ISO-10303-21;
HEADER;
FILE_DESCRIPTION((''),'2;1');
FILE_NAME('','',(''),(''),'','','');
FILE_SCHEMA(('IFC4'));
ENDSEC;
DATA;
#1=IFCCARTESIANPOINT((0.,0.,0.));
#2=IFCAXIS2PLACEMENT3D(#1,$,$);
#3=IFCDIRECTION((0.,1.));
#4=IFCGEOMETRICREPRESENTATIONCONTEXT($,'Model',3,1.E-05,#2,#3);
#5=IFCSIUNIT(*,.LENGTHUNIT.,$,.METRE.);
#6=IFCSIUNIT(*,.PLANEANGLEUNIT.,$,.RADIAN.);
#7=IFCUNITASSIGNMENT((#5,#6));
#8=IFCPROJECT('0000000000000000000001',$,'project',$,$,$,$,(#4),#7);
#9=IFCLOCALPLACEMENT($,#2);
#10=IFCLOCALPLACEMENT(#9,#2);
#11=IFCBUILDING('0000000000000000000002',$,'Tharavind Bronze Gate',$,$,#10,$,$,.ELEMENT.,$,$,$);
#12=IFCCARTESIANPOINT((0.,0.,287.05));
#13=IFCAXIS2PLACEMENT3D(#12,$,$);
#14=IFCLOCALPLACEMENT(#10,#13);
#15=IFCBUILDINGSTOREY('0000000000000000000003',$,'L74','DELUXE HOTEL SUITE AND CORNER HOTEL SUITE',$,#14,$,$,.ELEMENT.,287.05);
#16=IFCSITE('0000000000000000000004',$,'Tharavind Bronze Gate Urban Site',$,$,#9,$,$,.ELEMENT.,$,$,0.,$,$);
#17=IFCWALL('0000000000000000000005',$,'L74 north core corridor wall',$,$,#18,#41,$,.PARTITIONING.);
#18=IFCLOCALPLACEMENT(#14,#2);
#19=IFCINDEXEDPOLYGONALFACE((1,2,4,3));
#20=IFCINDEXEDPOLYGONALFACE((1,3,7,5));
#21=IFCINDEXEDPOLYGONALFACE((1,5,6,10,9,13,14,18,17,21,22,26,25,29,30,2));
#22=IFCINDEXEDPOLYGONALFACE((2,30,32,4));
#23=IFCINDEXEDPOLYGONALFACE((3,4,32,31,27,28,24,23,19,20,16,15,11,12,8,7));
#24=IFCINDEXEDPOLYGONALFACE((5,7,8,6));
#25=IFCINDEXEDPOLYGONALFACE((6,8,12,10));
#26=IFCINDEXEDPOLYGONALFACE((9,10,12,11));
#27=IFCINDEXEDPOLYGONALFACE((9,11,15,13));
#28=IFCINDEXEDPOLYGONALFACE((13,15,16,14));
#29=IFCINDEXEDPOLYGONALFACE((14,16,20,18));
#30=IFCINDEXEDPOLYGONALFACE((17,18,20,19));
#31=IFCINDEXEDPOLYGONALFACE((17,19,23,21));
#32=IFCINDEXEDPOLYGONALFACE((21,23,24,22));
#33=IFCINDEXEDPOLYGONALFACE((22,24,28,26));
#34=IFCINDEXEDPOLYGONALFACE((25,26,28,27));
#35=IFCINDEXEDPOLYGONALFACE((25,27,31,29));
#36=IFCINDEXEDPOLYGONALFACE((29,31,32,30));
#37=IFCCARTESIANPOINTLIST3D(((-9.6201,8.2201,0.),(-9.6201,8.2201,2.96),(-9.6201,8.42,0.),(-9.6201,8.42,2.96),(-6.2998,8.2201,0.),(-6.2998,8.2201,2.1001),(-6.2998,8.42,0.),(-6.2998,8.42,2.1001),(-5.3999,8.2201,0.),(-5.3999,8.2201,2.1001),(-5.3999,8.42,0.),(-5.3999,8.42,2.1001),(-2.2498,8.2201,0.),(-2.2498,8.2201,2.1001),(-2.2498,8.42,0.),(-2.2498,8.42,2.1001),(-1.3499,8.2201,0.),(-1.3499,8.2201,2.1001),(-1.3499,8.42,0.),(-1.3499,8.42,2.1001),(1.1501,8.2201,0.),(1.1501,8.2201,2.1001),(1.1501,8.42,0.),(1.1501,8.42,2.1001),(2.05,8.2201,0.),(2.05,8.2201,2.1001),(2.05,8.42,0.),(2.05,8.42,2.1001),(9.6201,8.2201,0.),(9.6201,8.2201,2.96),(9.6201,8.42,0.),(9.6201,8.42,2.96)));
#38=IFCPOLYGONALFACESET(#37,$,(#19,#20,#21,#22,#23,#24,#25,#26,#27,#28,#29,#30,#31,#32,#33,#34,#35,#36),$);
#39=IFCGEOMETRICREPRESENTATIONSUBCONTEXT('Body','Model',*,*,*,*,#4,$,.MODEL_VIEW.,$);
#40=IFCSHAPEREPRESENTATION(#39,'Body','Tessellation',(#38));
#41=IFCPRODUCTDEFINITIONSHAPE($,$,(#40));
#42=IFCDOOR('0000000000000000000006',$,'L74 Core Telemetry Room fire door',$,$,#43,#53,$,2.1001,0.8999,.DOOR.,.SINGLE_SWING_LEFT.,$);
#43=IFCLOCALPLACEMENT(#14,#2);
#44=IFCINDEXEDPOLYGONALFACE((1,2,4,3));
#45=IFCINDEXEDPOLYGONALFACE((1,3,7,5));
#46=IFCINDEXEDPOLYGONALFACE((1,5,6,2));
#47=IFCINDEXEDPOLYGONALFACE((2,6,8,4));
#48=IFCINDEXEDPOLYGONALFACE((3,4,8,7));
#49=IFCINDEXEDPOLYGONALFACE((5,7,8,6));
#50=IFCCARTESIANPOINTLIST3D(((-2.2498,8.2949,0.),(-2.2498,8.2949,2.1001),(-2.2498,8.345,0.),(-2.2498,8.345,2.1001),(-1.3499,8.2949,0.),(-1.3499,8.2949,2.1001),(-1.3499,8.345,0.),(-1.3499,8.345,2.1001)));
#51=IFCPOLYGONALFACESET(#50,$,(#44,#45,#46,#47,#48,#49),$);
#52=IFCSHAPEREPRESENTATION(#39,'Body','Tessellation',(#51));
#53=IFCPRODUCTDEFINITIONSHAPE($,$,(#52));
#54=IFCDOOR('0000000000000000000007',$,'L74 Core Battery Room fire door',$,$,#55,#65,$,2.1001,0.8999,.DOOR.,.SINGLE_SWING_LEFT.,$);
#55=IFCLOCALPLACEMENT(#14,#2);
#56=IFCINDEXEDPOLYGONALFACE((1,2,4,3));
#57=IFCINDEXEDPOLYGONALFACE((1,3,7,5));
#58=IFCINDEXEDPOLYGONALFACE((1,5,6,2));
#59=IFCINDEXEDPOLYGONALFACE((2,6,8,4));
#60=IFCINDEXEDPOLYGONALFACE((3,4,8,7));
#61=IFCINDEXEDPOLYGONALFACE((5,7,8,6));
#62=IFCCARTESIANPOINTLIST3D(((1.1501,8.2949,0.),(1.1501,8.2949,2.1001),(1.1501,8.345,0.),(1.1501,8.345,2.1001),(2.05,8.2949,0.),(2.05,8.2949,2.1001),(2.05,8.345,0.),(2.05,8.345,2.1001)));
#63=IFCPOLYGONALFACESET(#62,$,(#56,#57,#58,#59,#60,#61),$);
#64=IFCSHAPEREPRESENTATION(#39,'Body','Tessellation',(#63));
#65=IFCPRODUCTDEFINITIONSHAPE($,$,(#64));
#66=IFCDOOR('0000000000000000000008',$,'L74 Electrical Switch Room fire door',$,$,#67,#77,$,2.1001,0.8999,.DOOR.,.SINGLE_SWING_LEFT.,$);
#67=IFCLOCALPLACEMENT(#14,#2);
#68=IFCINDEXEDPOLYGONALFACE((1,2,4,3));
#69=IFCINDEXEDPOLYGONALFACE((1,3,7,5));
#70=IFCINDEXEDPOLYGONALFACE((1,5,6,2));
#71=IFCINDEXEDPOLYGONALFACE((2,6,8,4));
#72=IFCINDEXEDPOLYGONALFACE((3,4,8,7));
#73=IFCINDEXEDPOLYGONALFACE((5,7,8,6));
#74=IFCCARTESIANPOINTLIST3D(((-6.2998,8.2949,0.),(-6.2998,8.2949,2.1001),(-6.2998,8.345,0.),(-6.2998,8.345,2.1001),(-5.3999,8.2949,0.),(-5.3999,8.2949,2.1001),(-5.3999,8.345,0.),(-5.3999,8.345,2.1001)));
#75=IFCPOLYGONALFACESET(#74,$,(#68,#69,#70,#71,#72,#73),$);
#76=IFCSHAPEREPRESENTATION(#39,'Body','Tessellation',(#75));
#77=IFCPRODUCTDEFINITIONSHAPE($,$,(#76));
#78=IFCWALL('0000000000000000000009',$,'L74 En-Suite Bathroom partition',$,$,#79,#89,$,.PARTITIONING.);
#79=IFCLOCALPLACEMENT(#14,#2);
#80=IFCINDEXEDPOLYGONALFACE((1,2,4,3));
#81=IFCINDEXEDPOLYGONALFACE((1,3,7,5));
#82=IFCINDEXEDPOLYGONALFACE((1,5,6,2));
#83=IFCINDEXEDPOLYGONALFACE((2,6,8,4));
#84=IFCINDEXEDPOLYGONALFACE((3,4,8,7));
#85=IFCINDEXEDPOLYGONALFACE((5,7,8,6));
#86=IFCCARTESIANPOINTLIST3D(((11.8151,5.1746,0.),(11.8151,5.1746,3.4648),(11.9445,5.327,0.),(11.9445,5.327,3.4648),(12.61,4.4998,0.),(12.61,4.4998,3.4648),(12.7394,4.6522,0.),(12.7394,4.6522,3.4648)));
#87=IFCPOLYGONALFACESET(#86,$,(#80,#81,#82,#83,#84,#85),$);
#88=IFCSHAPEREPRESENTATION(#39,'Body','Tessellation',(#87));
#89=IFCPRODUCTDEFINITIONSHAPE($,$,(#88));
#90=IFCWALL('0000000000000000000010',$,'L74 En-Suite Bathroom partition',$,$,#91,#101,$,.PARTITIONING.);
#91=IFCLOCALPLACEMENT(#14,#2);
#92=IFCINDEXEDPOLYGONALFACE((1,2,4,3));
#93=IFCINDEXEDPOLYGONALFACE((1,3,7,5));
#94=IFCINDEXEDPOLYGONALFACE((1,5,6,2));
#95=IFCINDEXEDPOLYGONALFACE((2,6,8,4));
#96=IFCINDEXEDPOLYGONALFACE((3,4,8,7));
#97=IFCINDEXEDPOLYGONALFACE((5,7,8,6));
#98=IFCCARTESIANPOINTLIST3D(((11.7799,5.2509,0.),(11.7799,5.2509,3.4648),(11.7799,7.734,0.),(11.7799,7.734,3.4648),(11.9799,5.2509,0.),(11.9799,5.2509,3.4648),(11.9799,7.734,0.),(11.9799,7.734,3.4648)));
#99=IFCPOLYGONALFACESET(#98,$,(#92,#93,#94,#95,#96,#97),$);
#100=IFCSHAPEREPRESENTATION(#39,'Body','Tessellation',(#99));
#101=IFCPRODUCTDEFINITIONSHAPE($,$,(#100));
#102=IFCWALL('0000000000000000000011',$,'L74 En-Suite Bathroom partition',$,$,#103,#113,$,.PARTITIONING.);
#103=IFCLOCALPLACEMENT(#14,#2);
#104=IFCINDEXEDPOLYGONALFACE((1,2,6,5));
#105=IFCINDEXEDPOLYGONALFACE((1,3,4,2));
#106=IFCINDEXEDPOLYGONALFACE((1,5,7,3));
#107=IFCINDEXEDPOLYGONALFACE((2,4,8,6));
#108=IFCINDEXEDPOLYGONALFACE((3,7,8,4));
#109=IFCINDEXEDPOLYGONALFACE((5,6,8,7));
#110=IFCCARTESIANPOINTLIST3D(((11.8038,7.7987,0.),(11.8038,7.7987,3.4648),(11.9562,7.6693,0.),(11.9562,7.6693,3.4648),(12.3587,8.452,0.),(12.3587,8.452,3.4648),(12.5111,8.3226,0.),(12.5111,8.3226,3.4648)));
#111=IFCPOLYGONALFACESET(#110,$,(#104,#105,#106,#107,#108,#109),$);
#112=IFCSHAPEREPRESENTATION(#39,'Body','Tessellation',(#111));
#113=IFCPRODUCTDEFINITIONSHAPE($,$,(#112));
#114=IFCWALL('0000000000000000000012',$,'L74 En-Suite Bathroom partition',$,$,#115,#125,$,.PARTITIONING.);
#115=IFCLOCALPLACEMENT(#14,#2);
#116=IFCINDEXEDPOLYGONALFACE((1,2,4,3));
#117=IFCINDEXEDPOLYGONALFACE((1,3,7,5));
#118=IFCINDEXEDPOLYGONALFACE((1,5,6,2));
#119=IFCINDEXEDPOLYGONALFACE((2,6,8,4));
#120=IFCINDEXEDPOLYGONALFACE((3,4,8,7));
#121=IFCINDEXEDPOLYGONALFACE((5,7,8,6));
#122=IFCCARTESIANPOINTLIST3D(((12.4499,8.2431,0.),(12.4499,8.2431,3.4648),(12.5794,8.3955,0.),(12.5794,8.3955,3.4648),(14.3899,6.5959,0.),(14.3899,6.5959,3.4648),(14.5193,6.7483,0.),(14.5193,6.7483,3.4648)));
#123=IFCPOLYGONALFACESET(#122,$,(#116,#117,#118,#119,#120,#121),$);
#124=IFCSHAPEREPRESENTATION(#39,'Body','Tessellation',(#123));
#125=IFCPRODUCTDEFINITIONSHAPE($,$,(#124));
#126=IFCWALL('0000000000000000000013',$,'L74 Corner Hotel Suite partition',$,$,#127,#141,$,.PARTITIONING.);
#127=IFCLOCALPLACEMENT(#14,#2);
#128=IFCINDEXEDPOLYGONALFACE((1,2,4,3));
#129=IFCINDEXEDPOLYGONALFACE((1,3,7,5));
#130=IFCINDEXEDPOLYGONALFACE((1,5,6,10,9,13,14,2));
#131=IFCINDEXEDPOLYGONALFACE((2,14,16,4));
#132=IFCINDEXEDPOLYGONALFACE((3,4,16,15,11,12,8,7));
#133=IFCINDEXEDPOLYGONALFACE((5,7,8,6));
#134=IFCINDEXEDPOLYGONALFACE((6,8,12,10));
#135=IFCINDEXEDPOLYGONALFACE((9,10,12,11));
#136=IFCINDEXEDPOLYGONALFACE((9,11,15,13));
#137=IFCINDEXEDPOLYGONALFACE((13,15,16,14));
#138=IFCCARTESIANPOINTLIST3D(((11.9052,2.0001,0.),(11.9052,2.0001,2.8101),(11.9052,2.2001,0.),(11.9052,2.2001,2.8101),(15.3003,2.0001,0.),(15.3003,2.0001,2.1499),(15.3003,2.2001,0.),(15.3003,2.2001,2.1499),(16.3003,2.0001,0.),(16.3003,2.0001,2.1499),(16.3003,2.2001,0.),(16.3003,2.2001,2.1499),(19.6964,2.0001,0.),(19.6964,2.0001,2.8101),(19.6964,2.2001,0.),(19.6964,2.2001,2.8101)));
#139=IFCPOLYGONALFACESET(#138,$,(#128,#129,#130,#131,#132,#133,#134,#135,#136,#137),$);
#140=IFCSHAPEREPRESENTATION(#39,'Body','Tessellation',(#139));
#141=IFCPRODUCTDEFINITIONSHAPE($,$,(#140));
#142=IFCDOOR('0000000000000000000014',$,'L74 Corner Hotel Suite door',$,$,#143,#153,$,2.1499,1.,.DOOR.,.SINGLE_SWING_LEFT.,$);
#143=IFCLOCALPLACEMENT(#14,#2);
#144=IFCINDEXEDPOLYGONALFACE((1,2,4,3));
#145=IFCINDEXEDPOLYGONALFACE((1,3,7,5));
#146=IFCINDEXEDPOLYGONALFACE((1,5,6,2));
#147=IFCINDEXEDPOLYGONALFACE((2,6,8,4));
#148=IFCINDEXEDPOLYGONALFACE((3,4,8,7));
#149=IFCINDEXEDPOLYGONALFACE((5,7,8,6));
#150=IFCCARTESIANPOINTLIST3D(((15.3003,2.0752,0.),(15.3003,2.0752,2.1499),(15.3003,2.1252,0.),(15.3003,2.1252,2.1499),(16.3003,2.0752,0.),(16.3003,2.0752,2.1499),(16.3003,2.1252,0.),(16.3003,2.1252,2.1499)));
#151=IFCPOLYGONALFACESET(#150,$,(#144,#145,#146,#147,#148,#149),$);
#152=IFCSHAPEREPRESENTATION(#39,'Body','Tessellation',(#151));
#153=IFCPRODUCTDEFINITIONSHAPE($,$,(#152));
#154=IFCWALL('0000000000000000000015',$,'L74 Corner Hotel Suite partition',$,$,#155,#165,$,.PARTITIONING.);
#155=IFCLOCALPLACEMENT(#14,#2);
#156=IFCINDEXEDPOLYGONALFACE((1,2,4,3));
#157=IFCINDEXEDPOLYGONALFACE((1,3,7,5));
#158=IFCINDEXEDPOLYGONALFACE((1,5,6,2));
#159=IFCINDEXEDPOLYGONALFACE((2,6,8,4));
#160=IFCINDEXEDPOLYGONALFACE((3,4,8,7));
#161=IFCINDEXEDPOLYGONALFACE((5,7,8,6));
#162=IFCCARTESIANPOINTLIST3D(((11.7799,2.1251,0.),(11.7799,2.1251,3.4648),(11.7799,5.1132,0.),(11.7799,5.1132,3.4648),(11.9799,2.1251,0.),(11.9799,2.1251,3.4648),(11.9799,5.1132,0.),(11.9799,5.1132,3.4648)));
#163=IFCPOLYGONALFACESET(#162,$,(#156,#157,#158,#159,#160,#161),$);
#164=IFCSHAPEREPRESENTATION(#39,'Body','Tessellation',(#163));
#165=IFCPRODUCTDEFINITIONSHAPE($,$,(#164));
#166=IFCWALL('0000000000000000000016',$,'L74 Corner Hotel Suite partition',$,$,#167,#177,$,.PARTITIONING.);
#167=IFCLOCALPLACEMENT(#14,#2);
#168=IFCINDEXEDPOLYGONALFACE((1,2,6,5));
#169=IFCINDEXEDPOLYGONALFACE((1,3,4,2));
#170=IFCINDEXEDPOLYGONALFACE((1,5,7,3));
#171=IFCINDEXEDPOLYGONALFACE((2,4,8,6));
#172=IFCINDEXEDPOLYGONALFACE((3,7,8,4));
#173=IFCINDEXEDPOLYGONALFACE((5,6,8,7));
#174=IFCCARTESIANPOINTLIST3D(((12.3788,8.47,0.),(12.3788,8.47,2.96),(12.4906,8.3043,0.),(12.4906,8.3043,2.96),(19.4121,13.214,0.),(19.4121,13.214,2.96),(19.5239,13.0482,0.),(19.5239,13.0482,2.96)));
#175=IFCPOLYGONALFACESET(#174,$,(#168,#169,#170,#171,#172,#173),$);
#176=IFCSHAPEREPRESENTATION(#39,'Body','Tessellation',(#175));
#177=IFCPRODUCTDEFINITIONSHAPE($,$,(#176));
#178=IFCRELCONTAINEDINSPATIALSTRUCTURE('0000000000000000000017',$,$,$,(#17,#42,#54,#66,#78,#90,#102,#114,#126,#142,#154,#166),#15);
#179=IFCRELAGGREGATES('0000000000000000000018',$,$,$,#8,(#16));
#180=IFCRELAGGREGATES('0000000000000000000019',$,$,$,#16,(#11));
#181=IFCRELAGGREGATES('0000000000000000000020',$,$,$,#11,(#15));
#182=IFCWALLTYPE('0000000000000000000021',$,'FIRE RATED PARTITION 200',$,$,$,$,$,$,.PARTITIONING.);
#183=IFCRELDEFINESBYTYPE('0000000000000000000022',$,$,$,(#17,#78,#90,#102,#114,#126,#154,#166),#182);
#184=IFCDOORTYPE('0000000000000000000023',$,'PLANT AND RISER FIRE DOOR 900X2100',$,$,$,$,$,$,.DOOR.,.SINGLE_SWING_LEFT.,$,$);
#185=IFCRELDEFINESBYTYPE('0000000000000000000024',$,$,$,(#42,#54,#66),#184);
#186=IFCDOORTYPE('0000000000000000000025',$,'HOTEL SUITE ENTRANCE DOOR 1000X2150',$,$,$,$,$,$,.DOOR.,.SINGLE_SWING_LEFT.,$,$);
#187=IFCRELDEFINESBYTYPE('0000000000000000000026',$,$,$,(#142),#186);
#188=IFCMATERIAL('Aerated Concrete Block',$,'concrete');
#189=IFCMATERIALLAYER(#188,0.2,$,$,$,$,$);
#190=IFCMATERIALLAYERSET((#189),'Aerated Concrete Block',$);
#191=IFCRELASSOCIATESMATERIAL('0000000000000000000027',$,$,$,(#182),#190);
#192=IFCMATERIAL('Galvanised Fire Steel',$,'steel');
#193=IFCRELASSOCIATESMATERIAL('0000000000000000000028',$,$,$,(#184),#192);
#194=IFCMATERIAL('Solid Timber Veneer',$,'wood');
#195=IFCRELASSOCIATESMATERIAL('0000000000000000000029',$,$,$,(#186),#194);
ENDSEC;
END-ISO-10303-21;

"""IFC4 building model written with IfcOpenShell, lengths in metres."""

from ifc_helpers import new_model, si_unit, direction, frame, frame_2d, origin, place, context, subcontext, project, spatial, rectangle, extrude, material, layer, layer_set, type_object, element, fill, save


model = new_model("IFC4")

# Units and contexts
model_context = context("Model", 3, precision=1e-05, world=origin(), true_north=direction((0.0, 1.0)))
body_context = subcontext(model_context, "Body", "Model", "MODEL_VIEW")
ifc_project = project(units=[si_unit("LENGTHUNIT", "METRE"), si_unit("PLANEANGLEUNIT", "RADIAN")], contexts=[model_context])

# Site, building, storey
site_placement = place(None, origin())
site = spatial("IfcSite", under=ifc_project, at=site_placement, Name="Tharavind Bronze Gate Urban Site", CompositionType="ELEMENT", RefElevation=0.0)
building_placement = place(site_placement, origin())
building = spatial("IfcBuilding", under=site, at=building_placement, Name="Tharavind Bronze Gate", CompositionType="ELEMENT")
storey_placement = place(building_placement, frame((0.0, 0.0, 287.05)))
storey = spatial("IfcBuildingStorey", under=building, at=storey_placement, Name="L74", Description="DELUXE HOTEL SUITE AND CORNER HOTEL SUITE", CompositionType="ELEMENT", Elevation=287.05)

# Wall, openings, doors
ifc_material_1 = material(Name="Aerated Concrete Block", Category="concrete")
ifc_layer_1 = layer(ifc_material_1, 0.2)
ifc_layer_set_1 = layer_set([ifc_layer_1], Name="Aerated Concrete Block")
wall_type_1 = type_object("IfcWallType", Name="FIRE RATED PARTITION 200", PredefinedType="PARTITIONING", material=ifc_layer_set_1)
wall_1_placement = place(storey_placement, frame((9.6201, 8.3201, 0.0), z_axis=(0.0, 0.0, 1.0), x_axis=(-1.0, 0.0, 0.0)))
wall_1 = element("IfcWall", 1, at=wall_1_placement, inside=storey, type_object=wall_type_1, Name="L74 north core corridor wall", PredefinedType="PARTITIONING", context=body_context, shape_type="SweptSolid", body=[
    extrude(rectangle(XDim=19.2402, YDim=0.2, at=frame_2d((9.6201, 0.0))), origin(), (0.0, 0.0, 1.0), 2.96),
])
opening_1_placement = place(wall_1_placement, frame((10.97, 0.0, 0.0)))
opening_1 = element("IfcOpeningElement", 2, at=opening_1_placement, cuts=wall_1, PredefinedType="OPENING", context=body_context, shape_type="SweptSolid", body=[
    extrude(rectangle(XDim=0.8999, YDim=2.1001, at=frame_2d((0.45, 1.05))), frame((0.0, 0.1101, 0.0), z_axis=(0.0, -1.0, 0.0), x_axis=(1.0, 0.0, 0.0)), (0.0, 0.0, 1.0), 0.22),
])
opening_2_placement = place(wall_1_placement, frame((7.5701, 0.0, 0.0)))
opening_2 = element("IfcOpeningElement", 3, at=opening_2_placement, cuts=wall_1, PredefinedType="OPENING", context=body_context, shape_type="SweptSolid", body=[
    extrude(rectangle(XDim=0.8999, YDim=2.1001, at=frame_2d((0.45, 1.05))), frame((0.0, 0.1101, 0.0), z_axis=(0.0, -1.0, 0.0), x_axis=(1.0, 0.0, 0.0)), (0.0, 0.0, 1.0), 0.22),
])
opening_3_placement = place(wall_1_placement, frame((15.02, 0.0, 0.0)))
opening_3 = element("IfcOpeningElement", 4, at=opening_3_placement, cuts=wall_1, PredefinedType="OPENING", context=body_context, shape_type="SweptSolid", body=[
    extrude(rectangle(XDim=0.8999, YDim=2.1001, at=frame_2d((0.45, 1.05))), frame((0.0, 0.1101, 0.0), z_axis=(0.0, -1.0, 0.0), x_axis=(1.0, 0.0, 0.0)), (0.0, 0.0, 1.0), 0.22),
])
ifc_material_2 = material(Name="Galvanised Fire Steel", Category="steel")
door_type_1 = type_object("IfcDoorType", Name="PLANT AND RISER FIRE DOOR 900X2100", OperationType="SINGLE_SWING_LEFT", PredefinedType="DOOR", material=ifc_material_2)
door_1_placement = place(opening_1_placement, frame((0.8999, 0.0, 0.0), z_axis=(0.0, 0.0, 1.0), x_axis=(-1.0, 0.0, 0.0)))
door_1 = element("IfcDoor", 5, at=door_1_placement, inside=storey, type_object=door_type_1, Name="L74 Core Telemetry Room fire door", OperationType="SINGLE_SWING_LEFT", OverallHeight=2.1001, OverallWidth=0.8999, PredefinedType="DOOR", context=body_context, shape_type="SweptSolid", body=[
    extrude(rectangle(XDim=0.8999, YDim=2.1001, at=frame_2d((0.45, 1.05))), frame((0.0, 0.0249, 0.0), z_axis=(0.0, -1.0, 0.0), x_axis=(1.0, 0.0, 0.0)), (0.0, 0.0, 1.0), 0.05),
])
fill(opening_1, door_1)
door_2_placement = place(opening_2_placement, frame((0.8999, 0.0, 0.0), z_axis=(0.0, 0.0, 1.0), x_axis=(-1.0, 0.0, 0.0)))
door_2 = element("IfcDoor", 6, at=door_2_placement, inside=storey, type_object=door_type_1, Name="L74 Core Battery Room fire door", OperationType="SINGLE_SWING_LEFT", OverallHeight=2.1001, OverallWidth=0.8999, PredefinedType="DOOR", context=body_context, shape_type="SweptSolid", body=[
    extrude(rectangle(XDim=0.8999, YDim=2.1001, at=frame_2d((0.45, 1.05))), frame((0.0, 0.0249, 0.0), z_axis=(0.0, -1.0, 0.0), x_axis=(1.0, 0.0, 0.0)), (0.0, 0.0, 1.0), 0.05),
])
fill(opening_2, door_2)
door_3_placement = place(opening_3_placement, frame((0.8999, 0.0, 0.0), z_axis=(0.0, 0.0, 1.0), x_axis=(-1.0, 0.0, 0.0)))
door_3 = element("IfcDoor", 7, at=door_3_placement, inside=storey, type_object=door_type_1, Name="L74 Electrical Switch Room fire door", OperationType="SINGLE_SWING_LEFT", OverallHeight=2.1001, OverallWidth=0.8999, PredefinedType="DOOR", context=body_context, shape_type="SweptSolid", body=[
    extrude(rectangle(XDim=0.8999, YDim=2.1001, at=frame_2d((0.45, 1.05))), frame((0.0, 0.0249, 0.0), z_axis=(0.0, -1.0, 0.0), x_axis=(1.0, 0.0, 0.0)), (0.0, 0.0, 1.0), 0.05),
])
fill(opening_3, door_3)

# Walls
wall_2_placement = place(storey_placement, frame((12.6748, 4.5759, 0.0), z_axis=(0.0, 0.0, 1.0), x_axis=(-0.762355, 0.647159, 0.0)))
element("IfcWall", 8, at=wall_2_placement, inside=storey, type_object=wall_type_1, Name="L74 En-Suite Bathroom partition", PredefinedType="PARTITIONING", context=body_context, shape_type="SweptSolid", body=[
    extrude(rectangle(XDim=1.0427, YDim=0.2, at=frame_2d((0.5215, 0.0))), origin(), (0.0, 0.0, 1.0), 3.4648),
])
wall_3_placement = place(storey_placement, frame((11.8799, 5.2507, 0.0), z_axis=(0.0, 0.0, 1.0), x_axis=(0.0, 1.0, 0.0)))
element("IfcWall", 9, at=wall_3_placement, inside=storey, type_object=wall_type_1, Name="L74 En-Suite Bathroom partition", PredefinedType="PARTITIONING", context=body_context, shape_type="SweptSolid", body=[
    extrude(rectangle(XDim=2.4832, YDim=0.2, at=frame_2d((1.2417, 0.0))), origin(), (0.0, 0.0, 1.0), 3.4648),
])
wall_4_placement = place(storey_placement, frame((11.8799, 7.7339, 0.0), z_axis=(0.0, 0.0, 1.0), x_axis=(0.647384, 0.762164, 0.0)))
element("IfcWall", 10, at=wall_4_placement, inside=storey, type_object=wall_type_1, Name="L74 En-Suite Bathroom partition", PredefinedType="PARTITIONING", context=body_context, shape_type="SweptSolid", body=[
    extrude(rectangle(XDim=0.8572, YDim=0.2, at=frame_2d((0.4287, 0.0))), origin(), (0.0, 0.0, 1.0), 3.4648),
])
wall_5_placement = place(storey_placement, frame((12.5146, 8.3193, 0.0), z_axis=(0.0, 0.0, 1.0), x_axis=(0.762275, -0.647253, 0.0)))
element("IfcWall", 11, at=wall_5_placement, inside=storey, type_object=wall_type_1, Name="L74 En-Suite Bathroom partition", PredefinedType="PARTITIONING", context=body_context, shape_type="SweptSolid", body=[
    extrude(rectangle(XDim=2.5449, YDim=0.2, at=frame_2d((1.2725, 0.0))), origin(), (0.0, 0.0, 1.0), 3.4648),
])

# Wall, opening, door
wall_6_placement = place(storey_placement, frame((19.6963, 2.1001, 0.0), z_axis=(0.0, 0.0, 1.0), x_axis=(-1.0, 0.0, 0.0)))
wall_6 = element("IfcWall", 12, at=wall_6_placement, inside=storey, type_object=wall_type_1, Name="L74 Corner Hotel Suite partition", PredefinedType="PARTITIONING", context=body_context, shape_type="SweptSolid", body=[
    extrude(rectangle(XDim=7.7913, YDim=0.2, at=frame_2d((3.8955, 0.0))), origin(), (0.0, 0.0, 1.0), 2.8101),
])
opening_4_placement = place(wall_6_placement, frame((3.396, 0.0, 0.0)))
opening_4 = element("IfcOpeningElement", 13, at=opening_4_placement, cuts=wall_6, PredefinedType="OPENING", context=body_context, shape_type="SweptSolid", body=[
    extrude(rectangle(XDim=1.0, YDim=2.1499, at=frame_2d((0.5, 1.075))), frame((0.0, 0.1101, 0.0), z_axis=(0.0, -1.0, 0.0), x_axis=(1.0, 0.0, 0.0)), (0.0, 0.0, 1.0), 0.22),
])
ifc_material_3 = material(Name="Solid Timber Veneer", Category="wood")
door_type_2 = type_object("IfcDoorType", Name="HOTEL SUITE ENTRANCE DOOR 1000X2150", OperationType="SINGLE_SWING_LEFT", PredefinedType="DOOR", material=ifc_material_3)
door_4_placement = place(opening_4_placement, origin())
door_4 = element("IfcDoor", 14, at=door_4_placement, inside=storey, type_object=door_type_2, Name="L74 Corner Hotel Suite door", OperationType="SINGLE_SWING_LEFT", OverallHeight=2.1499, OverallWidth=1.0, PredefinedType="DOOR", context=body_context, shape_type="SweptSolid", body=[
    extrude(rectangle(XDim=1.0, YDim=2.1499, at=frame_2d((0.5, 1.075))), frame((0.0, 0.0249, 0.0), z_axis=(0.0, -1.0, 0.0), x_axis=(1.0, 0.0, 0.0)), (0.0, 0.0, 1.0), 0.05),
])
fill(opening_4, door_4)

# Walls
wall_7_placement = place(storey_placement, frame((11.8799, 2.125, 0.0), z_axis=(0.0, 0.0, 1.0), x_axis=(0.0, 1.0, 0.0)))
element("IfcWall", 15, at=wall_7_placement, inside=storey, type_object=wall_type_1, Name="L74 Corner Hotel Suite partition", PredefinedType="PARTITIONING", context=body_context, shape_type="SweptSolid", body=[
    extrude(rectangle(XDim=2.988, YDim=0.2, at=frame_2d((1.4941, 0.0))), origin(), (0.0, 0.0, 1.0), 3.4648),
])
wall_8_placement = place(storey_placement, frame((12.4348, 8.3872, 0.0), z_axis=(0.0, 0.0, 1.0), x_axis=(0.829041, 0.559188, 0.0)))
element("IfcWall", 16, at=wall_8_placement, inside=storey, type_object=wall_type_1, Name="L74 Corner Hotel Suite partition", PredefinedType="PARTITIONING", context=body_context, shape_type="SweptSolid", body=[
    extrude(rectangle(XDim=8.4836, YDim=0.2, at=frame_2d((4.2417, 0.0))), origin(), (0.0, 0.0, 1.0), 2.96),
])

save(model, "model.ifc")
